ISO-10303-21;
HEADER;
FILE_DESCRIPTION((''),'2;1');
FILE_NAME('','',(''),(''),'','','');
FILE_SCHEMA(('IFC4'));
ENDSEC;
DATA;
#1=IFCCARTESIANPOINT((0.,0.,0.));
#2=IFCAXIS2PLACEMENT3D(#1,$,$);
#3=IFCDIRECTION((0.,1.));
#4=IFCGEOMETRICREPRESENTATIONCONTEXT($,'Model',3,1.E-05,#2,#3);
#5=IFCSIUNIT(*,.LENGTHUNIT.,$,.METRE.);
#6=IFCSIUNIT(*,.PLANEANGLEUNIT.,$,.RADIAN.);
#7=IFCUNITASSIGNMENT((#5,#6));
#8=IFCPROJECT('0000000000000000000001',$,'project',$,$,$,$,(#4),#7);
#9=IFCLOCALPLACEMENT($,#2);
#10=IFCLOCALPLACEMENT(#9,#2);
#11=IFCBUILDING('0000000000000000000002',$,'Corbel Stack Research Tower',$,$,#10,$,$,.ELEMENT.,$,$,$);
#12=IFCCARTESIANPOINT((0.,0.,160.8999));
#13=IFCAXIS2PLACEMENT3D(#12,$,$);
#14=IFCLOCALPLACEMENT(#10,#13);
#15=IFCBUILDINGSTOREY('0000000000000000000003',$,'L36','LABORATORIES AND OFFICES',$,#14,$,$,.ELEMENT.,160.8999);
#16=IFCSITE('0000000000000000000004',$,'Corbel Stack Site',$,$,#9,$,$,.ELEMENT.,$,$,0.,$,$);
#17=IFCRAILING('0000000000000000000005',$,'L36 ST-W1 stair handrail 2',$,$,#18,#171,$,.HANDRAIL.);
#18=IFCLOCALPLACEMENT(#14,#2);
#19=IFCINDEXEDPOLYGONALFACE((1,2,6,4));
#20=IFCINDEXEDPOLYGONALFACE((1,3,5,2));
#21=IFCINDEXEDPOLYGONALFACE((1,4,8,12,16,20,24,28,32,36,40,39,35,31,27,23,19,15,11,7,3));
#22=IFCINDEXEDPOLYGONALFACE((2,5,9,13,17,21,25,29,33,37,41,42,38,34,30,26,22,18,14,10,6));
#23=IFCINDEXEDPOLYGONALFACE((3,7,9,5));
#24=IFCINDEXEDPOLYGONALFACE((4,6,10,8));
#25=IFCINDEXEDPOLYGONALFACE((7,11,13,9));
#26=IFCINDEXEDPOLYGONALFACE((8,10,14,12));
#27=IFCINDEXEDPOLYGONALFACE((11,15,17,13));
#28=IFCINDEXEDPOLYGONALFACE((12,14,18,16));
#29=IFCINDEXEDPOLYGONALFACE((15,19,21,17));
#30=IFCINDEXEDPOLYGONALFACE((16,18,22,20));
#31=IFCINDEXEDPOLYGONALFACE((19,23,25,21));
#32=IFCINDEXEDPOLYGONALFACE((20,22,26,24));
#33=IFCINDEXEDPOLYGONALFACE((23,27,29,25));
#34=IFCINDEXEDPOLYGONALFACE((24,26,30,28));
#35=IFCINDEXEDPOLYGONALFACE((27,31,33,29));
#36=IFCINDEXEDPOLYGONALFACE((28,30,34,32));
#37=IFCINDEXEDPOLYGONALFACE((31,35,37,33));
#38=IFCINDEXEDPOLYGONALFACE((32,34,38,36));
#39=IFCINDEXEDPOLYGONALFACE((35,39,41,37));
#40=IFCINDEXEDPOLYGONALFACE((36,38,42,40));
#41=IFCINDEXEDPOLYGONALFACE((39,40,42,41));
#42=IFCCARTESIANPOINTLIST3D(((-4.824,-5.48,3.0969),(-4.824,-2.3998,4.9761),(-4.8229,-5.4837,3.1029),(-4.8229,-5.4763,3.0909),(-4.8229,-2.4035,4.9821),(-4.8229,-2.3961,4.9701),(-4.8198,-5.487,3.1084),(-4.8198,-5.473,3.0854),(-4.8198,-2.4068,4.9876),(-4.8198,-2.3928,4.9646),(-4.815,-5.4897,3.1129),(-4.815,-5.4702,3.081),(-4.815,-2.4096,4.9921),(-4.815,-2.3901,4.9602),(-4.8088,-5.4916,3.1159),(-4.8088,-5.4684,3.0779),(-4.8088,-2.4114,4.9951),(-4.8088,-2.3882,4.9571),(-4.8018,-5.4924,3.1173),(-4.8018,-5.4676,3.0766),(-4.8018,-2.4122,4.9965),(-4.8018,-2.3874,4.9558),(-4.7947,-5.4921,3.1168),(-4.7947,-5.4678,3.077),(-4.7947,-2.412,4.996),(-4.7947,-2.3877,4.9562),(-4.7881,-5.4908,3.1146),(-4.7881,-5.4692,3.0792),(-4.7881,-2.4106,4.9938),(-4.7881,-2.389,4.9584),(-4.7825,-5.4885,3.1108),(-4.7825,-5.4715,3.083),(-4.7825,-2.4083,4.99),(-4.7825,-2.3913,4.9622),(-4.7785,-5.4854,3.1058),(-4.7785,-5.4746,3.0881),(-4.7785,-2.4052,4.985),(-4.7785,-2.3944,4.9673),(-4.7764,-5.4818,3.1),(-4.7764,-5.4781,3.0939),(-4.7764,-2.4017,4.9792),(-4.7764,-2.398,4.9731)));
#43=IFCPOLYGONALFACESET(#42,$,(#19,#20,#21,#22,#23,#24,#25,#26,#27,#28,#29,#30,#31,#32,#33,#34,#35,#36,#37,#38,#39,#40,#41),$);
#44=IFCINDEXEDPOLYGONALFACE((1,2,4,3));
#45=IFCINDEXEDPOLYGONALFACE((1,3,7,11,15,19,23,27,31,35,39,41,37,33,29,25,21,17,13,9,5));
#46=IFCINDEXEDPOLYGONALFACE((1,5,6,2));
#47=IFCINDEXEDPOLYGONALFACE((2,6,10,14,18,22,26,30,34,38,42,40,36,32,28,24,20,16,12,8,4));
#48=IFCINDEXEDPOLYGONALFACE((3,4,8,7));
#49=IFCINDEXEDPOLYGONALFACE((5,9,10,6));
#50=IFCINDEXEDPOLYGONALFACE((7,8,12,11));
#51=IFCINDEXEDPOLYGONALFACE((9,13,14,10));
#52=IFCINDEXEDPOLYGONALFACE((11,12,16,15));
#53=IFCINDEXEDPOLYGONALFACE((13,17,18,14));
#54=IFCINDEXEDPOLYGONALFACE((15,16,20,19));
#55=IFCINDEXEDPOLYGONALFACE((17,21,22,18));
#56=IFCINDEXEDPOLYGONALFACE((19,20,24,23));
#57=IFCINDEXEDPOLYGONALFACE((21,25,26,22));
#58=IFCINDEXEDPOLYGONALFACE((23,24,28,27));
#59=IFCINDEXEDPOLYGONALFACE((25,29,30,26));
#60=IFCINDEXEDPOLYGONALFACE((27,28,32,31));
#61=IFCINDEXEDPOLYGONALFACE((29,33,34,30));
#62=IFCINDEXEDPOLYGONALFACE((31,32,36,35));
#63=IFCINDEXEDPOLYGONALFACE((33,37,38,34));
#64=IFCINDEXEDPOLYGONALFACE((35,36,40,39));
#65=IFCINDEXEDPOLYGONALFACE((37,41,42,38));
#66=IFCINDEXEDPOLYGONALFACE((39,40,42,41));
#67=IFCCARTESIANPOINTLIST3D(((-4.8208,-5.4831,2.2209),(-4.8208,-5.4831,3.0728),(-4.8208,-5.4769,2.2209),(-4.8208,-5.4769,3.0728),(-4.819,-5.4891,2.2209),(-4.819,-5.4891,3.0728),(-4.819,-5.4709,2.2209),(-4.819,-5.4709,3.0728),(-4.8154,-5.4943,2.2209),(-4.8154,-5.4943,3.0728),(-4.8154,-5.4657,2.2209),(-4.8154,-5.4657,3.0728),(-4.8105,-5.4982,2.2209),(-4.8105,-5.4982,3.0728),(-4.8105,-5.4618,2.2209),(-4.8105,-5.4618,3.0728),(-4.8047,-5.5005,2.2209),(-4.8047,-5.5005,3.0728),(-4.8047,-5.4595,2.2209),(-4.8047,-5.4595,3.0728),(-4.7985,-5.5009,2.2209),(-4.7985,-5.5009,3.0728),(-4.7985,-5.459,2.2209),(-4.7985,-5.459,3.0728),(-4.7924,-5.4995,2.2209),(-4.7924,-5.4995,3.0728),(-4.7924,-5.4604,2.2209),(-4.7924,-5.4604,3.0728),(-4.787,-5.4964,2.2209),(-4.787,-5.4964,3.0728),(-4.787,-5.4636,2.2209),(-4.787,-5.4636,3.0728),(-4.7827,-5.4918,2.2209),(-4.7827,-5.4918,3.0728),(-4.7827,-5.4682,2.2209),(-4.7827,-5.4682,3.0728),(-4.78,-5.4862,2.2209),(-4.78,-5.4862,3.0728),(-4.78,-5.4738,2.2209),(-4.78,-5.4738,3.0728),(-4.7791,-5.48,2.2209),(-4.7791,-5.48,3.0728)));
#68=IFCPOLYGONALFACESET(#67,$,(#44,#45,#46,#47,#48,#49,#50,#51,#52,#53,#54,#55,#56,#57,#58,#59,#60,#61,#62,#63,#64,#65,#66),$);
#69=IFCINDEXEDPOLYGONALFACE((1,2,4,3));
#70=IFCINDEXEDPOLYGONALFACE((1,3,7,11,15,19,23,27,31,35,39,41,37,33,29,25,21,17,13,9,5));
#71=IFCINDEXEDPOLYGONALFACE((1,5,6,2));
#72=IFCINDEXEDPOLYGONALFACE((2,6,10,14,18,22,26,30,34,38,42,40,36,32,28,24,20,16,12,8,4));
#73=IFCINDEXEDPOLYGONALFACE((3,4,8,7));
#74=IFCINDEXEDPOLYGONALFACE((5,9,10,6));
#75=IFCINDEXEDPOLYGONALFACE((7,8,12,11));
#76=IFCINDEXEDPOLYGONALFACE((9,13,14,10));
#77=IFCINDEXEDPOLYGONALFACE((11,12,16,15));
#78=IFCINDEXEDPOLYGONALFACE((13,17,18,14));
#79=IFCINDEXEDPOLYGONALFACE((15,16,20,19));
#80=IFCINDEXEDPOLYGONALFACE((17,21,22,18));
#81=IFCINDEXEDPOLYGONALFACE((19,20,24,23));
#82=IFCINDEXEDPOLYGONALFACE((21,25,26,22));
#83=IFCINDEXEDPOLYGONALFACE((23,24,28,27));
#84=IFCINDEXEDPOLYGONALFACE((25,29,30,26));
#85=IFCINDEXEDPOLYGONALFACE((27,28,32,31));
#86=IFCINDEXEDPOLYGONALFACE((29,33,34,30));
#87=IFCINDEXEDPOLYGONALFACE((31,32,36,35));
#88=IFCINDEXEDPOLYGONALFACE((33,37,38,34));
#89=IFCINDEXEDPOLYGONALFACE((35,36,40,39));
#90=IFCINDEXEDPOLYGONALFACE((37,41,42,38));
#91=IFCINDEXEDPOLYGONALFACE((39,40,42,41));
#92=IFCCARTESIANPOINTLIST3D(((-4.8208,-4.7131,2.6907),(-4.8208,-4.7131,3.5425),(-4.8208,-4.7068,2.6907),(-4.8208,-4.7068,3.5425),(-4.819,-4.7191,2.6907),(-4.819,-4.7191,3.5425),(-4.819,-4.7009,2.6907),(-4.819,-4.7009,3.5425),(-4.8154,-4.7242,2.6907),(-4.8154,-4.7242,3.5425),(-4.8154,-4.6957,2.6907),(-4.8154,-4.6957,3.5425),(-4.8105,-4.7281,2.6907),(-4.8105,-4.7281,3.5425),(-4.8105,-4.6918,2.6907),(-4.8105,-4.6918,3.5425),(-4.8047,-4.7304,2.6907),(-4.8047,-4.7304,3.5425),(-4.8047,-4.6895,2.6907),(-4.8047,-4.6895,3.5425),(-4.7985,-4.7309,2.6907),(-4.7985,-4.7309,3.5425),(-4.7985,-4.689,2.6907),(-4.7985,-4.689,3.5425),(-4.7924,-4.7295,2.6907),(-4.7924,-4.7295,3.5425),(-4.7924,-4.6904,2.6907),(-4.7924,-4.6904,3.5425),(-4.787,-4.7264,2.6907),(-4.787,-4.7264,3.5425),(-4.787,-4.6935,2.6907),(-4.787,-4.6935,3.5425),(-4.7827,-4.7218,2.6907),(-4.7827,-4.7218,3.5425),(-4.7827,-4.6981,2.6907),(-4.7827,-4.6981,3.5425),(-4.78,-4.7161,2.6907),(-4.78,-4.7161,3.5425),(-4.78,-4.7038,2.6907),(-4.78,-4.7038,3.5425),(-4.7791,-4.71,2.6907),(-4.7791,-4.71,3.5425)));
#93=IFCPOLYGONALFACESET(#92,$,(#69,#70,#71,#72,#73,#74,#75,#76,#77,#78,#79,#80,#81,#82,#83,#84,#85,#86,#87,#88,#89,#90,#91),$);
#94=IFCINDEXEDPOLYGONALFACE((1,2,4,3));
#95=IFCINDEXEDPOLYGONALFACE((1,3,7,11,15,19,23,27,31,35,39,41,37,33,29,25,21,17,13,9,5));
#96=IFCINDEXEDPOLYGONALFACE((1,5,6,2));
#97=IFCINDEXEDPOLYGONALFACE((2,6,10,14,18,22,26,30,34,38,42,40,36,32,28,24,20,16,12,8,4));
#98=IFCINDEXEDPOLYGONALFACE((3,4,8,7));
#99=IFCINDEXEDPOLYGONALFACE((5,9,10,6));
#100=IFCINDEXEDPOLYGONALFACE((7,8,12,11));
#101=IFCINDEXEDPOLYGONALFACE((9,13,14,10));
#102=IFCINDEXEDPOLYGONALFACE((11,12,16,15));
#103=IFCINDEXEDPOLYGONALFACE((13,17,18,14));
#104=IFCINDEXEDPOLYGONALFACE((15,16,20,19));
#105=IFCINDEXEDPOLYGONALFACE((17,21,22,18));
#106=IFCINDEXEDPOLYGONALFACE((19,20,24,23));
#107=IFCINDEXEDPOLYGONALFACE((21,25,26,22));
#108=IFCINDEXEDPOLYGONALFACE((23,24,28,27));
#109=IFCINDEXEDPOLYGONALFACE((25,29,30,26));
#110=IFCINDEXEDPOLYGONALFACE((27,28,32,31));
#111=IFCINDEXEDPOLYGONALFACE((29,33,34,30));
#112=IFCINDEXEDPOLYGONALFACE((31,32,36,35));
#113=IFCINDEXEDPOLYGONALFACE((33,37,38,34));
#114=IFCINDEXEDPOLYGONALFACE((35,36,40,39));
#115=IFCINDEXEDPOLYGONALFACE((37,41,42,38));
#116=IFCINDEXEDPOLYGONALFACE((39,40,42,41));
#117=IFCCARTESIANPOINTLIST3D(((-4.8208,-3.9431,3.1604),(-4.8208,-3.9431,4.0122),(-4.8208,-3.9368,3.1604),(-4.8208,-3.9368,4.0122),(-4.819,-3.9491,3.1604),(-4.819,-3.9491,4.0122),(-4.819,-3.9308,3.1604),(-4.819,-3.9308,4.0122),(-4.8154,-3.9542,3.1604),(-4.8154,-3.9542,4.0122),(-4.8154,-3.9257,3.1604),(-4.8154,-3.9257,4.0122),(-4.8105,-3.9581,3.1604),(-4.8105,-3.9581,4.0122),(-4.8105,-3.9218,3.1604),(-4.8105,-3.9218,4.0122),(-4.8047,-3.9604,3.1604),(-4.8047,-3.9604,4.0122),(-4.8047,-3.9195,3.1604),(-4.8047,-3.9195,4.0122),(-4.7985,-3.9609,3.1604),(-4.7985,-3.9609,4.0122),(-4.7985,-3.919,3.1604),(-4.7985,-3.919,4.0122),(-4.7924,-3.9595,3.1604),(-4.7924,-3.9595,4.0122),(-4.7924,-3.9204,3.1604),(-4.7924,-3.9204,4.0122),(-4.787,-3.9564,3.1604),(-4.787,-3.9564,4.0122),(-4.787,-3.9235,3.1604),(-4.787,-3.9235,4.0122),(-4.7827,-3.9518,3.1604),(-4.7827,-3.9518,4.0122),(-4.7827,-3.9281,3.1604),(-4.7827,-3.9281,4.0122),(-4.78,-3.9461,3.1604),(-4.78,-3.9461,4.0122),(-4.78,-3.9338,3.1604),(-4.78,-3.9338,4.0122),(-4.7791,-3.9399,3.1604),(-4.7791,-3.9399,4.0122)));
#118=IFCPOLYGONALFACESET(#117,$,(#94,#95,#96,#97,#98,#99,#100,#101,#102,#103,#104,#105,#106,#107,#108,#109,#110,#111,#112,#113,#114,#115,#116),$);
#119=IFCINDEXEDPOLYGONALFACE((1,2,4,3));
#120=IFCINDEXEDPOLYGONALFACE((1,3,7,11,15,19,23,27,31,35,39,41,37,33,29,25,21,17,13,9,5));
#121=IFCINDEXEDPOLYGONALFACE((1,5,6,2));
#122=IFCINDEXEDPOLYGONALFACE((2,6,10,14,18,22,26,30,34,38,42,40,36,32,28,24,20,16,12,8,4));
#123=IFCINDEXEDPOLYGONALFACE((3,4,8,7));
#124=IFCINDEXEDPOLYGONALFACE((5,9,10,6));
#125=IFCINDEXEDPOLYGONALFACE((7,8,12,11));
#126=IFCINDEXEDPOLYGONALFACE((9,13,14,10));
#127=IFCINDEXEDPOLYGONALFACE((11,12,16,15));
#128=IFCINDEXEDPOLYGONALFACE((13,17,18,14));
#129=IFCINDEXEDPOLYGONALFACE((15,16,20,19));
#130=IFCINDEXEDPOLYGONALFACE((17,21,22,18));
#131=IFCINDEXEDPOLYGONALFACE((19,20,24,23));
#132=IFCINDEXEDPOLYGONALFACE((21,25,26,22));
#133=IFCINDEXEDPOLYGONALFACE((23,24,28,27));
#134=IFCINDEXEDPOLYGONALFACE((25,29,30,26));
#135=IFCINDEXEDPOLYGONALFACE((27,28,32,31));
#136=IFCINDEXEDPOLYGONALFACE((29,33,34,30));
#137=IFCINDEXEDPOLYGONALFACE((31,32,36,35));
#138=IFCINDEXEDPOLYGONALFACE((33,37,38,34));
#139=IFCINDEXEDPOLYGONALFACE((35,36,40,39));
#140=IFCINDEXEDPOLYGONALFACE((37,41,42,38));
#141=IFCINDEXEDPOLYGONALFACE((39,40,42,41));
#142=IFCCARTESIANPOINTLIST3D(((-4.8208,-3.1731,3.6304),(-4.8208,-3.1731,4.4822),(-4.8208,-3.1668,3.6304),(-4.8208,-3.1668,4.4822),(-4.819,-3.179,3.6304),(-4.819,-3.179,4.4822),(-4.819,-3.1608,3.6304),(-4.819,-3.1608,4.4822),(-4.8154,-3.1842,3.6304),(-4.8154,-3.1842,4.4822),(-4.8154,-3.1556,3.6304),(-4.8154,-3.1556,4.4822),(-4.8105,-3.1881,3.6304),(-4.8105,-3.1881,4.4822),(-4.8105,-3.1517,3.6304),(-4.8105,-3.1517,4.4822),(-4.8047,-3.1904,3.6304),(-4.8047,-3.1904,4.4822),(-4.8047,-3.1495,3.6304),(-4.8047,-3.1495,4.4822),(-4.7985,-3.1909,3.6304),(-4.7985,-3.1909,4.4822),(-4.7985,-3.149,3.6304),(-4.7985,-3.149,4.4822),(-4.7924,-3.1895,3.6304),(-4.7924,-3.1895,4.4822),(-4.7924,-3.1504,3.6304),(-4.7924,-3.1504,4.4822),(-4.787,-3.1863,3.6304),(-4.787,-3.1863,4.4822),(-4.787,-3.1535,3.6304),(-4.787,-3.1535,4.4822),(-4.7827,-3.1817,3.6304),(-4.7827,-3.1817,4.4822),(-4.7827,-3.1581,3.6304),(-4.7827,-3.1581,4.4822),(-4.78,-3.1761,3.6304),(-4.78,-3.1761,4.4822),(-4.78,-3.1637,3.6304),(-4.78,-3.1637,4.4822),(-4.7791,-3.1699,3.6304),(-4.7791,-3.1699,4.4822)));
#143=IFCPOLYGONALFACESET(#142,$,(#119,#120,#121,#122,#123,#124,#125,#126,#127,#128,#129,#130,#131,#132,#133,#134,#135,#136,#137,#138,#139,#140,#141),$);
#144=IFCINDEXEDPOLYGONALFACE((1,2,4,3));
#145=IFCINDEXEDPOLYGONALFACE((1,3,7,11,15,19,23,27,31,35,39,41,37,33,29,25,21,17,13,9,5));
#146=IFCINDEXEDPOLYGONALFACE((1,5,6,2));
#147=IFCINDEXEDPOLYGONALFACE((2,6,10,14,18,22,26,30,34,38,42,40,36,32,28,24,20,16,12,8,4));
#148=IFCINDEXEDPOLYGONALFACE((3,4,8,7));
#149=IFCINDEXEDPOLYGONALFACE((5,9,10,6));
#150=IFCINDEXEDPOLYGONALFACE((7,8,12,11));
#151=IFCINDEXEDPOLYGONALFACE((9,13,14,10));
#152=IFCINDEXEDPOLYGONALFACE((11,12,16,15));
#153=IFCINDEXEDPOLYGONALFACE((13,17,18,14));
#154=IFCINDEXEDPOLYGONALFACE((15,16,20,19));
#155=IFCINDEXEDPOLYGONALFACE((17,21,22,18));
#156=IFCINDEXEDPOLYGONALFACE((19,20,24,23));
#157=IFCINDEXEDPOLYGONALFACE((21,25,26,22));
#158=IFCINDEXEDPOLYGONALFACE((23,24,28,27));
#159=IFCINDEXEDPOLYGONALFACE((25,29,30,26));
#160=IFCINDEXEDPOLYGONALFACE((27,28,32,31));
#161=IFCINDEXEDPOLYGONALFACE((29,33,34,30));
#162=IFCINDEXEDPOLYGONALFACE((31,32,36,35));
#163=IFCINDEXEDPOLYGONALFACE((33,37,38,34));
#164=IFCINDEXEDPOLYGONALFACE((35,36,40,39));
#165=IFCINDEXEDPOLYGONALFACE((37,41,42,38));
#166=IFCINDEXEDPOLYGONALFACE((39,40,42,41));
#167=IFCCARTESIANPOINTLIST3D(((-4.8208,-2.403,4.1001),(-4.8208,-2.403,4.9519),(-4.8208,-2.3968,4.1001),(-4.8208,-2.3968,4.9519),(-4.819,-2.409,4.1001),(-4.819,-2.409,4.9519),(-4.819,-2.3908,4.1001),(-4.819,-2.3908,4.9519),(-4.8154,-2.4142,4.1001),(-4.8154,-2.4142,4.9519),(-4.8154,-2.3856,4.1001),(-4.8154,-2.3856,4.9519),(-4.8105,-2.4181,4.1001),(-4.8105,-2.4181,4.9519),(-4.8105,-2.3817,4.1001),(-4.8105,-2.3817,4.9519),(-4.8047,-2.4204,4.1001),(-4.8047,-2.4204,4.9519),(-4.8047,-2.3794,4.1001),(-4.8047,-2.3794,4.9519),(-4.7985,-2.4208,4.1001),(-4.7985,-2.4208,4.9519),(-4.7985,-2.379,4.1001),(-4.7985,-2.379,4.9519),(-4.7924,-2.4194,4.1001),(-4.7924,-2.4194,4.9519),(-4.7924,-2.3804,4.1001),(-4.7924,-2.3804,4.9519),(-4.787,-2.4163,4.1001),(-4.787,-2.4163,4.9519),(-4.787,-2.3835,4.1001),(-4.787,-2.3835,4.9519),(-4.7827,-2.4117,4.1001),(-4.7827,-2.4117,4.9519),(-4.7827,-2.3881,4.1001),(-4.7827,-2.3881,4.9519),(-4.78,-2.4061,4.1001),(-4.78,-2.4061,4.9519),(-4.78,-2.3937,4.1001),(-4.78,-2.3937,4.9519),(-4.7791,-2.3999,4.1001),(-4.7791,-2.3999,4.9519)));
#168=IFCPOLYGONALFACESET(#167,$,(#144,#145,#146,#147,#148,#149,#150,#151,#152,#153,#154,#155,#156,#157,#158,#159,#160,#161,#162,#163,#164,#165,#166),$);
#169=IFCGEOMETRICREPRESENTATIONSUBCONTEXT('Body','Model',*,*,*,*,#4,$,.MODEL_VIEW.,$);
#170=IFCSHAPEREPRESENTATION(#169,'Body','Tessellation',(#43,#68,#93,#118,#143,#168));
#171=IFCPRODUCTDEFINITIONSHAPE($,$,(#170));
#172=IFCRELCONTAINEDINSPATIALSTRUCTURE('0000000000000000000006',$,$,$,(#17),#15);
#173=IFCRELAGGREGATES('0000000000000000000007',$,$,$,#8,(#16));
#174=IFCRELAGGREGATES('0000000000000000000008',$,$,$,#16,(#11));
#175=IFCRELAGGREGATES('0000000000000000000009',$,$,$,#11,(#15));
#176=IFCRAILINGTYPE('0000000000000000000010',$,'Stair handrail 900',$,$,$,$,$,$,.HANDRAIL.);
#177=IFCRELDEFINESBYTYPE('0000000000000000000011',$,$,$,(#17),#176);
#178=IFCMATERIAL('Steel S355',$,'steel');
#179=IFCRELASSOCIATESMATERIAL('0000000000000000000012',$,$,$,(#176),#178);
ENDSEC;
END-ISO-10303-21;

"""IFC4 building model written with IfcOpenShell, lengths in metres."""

from ifc_helpers import new_model, si_unit, direction, frame, origin, origin_2d, place, context, subcontext, project, spatial, circle, extrude, material, type_object, element, save


model = new_model("IFC4")

# Units and contexts
model_context = context("Model", 3, precision=1e-05, world=origin(), true_north=direction((0.0, 1.0)))
body_context = subcontext(model_context, "Body", "Model", "MODEL_VIEW")
ifc_project = project(units=[si_unit("LENGTHUNIT", "METRE"), si_unit("PLANEANGLEUNIT", "RADIAN")], contexts=[model_context])

# Site, building, storey
site_placement = place(None, origin())
site = spatial("IfcSite", under=ifc_project, at=site_placement, Name="Corbel Stack Site", CompositionType="ELEMENT", RefElevation=0.0)
building_placement = place(site_placement, origin())
building = spatial("IfcBuilding", under=site, at=building_placement, Name="Corbel Stack Research Tower", CompositionType="ELEMENT")
storey_placement = place(building_placement, frame((0.0, 0.0, 160.8999)))
storey = spatial("IfcBuildingStorey", under=building, at=storey_placement, Name="L36", Description="LABORATORIES AND OFFICES", CompositionType="ELEMENT", Elevation=160.8999)

# Railing
ifc_material_1 = material(Name="Steel S355", Category="steel")
railing_type = type_object("IfcRailingType", Name="Stair handrail 900", PredefinedType="HANDRAIL", material=ifc_material_1)
railing_placement = place(storey_placement, frame((-4.8, -5.48, 2.2209)))
element("IfcRailing", 1, at=railing_placement, inside=storey, type_object=railing_type, Name="L36 ST-W1 stair handrail 2", PredefinedType="HANDRAIL", context=body_context, shape_type="SweptSolid", body=[
    extrude(circle(Radius=0.0239, at=origin_2d()), frame((0.0, 0.0, 0.876), z_axis=(0.0, 0.853666, 0.52082), x_axis=(-1.0, 0.0, 0.0)), (0.0, 0.0, 1.0), 3.6082),
    extrude(circle(Radius=0.021, at=origin_2d()), origin(), (0.0, 0.0, 1.0), 0.8518),
    extrude(circle(Radius=0.021, at=origin_2d()), frame((0.0, 0.77, 0.4697)), (0.0, 0.0, 1.0), 0.8518),
    extrude(circle(Radius=0.021, at=origin_2d()), frame((0.0, 1.54, 0.9395)), (0.0, 0.0, 1.0), 0.8518),
    extrude(circle(Radius=0.021, at=origin_2d()), frame((0.0, 2.3101, 1.4094)), (0.0, 0.0, 1.0), 0.8518),
    extrude(circle(Radius=0.021, at=origin_2d()), frame((0.0, 3.0801, 1.8792)), (0.0, 0.0, 1.0), 0.8518),
])

save(model, "model.ifc")
